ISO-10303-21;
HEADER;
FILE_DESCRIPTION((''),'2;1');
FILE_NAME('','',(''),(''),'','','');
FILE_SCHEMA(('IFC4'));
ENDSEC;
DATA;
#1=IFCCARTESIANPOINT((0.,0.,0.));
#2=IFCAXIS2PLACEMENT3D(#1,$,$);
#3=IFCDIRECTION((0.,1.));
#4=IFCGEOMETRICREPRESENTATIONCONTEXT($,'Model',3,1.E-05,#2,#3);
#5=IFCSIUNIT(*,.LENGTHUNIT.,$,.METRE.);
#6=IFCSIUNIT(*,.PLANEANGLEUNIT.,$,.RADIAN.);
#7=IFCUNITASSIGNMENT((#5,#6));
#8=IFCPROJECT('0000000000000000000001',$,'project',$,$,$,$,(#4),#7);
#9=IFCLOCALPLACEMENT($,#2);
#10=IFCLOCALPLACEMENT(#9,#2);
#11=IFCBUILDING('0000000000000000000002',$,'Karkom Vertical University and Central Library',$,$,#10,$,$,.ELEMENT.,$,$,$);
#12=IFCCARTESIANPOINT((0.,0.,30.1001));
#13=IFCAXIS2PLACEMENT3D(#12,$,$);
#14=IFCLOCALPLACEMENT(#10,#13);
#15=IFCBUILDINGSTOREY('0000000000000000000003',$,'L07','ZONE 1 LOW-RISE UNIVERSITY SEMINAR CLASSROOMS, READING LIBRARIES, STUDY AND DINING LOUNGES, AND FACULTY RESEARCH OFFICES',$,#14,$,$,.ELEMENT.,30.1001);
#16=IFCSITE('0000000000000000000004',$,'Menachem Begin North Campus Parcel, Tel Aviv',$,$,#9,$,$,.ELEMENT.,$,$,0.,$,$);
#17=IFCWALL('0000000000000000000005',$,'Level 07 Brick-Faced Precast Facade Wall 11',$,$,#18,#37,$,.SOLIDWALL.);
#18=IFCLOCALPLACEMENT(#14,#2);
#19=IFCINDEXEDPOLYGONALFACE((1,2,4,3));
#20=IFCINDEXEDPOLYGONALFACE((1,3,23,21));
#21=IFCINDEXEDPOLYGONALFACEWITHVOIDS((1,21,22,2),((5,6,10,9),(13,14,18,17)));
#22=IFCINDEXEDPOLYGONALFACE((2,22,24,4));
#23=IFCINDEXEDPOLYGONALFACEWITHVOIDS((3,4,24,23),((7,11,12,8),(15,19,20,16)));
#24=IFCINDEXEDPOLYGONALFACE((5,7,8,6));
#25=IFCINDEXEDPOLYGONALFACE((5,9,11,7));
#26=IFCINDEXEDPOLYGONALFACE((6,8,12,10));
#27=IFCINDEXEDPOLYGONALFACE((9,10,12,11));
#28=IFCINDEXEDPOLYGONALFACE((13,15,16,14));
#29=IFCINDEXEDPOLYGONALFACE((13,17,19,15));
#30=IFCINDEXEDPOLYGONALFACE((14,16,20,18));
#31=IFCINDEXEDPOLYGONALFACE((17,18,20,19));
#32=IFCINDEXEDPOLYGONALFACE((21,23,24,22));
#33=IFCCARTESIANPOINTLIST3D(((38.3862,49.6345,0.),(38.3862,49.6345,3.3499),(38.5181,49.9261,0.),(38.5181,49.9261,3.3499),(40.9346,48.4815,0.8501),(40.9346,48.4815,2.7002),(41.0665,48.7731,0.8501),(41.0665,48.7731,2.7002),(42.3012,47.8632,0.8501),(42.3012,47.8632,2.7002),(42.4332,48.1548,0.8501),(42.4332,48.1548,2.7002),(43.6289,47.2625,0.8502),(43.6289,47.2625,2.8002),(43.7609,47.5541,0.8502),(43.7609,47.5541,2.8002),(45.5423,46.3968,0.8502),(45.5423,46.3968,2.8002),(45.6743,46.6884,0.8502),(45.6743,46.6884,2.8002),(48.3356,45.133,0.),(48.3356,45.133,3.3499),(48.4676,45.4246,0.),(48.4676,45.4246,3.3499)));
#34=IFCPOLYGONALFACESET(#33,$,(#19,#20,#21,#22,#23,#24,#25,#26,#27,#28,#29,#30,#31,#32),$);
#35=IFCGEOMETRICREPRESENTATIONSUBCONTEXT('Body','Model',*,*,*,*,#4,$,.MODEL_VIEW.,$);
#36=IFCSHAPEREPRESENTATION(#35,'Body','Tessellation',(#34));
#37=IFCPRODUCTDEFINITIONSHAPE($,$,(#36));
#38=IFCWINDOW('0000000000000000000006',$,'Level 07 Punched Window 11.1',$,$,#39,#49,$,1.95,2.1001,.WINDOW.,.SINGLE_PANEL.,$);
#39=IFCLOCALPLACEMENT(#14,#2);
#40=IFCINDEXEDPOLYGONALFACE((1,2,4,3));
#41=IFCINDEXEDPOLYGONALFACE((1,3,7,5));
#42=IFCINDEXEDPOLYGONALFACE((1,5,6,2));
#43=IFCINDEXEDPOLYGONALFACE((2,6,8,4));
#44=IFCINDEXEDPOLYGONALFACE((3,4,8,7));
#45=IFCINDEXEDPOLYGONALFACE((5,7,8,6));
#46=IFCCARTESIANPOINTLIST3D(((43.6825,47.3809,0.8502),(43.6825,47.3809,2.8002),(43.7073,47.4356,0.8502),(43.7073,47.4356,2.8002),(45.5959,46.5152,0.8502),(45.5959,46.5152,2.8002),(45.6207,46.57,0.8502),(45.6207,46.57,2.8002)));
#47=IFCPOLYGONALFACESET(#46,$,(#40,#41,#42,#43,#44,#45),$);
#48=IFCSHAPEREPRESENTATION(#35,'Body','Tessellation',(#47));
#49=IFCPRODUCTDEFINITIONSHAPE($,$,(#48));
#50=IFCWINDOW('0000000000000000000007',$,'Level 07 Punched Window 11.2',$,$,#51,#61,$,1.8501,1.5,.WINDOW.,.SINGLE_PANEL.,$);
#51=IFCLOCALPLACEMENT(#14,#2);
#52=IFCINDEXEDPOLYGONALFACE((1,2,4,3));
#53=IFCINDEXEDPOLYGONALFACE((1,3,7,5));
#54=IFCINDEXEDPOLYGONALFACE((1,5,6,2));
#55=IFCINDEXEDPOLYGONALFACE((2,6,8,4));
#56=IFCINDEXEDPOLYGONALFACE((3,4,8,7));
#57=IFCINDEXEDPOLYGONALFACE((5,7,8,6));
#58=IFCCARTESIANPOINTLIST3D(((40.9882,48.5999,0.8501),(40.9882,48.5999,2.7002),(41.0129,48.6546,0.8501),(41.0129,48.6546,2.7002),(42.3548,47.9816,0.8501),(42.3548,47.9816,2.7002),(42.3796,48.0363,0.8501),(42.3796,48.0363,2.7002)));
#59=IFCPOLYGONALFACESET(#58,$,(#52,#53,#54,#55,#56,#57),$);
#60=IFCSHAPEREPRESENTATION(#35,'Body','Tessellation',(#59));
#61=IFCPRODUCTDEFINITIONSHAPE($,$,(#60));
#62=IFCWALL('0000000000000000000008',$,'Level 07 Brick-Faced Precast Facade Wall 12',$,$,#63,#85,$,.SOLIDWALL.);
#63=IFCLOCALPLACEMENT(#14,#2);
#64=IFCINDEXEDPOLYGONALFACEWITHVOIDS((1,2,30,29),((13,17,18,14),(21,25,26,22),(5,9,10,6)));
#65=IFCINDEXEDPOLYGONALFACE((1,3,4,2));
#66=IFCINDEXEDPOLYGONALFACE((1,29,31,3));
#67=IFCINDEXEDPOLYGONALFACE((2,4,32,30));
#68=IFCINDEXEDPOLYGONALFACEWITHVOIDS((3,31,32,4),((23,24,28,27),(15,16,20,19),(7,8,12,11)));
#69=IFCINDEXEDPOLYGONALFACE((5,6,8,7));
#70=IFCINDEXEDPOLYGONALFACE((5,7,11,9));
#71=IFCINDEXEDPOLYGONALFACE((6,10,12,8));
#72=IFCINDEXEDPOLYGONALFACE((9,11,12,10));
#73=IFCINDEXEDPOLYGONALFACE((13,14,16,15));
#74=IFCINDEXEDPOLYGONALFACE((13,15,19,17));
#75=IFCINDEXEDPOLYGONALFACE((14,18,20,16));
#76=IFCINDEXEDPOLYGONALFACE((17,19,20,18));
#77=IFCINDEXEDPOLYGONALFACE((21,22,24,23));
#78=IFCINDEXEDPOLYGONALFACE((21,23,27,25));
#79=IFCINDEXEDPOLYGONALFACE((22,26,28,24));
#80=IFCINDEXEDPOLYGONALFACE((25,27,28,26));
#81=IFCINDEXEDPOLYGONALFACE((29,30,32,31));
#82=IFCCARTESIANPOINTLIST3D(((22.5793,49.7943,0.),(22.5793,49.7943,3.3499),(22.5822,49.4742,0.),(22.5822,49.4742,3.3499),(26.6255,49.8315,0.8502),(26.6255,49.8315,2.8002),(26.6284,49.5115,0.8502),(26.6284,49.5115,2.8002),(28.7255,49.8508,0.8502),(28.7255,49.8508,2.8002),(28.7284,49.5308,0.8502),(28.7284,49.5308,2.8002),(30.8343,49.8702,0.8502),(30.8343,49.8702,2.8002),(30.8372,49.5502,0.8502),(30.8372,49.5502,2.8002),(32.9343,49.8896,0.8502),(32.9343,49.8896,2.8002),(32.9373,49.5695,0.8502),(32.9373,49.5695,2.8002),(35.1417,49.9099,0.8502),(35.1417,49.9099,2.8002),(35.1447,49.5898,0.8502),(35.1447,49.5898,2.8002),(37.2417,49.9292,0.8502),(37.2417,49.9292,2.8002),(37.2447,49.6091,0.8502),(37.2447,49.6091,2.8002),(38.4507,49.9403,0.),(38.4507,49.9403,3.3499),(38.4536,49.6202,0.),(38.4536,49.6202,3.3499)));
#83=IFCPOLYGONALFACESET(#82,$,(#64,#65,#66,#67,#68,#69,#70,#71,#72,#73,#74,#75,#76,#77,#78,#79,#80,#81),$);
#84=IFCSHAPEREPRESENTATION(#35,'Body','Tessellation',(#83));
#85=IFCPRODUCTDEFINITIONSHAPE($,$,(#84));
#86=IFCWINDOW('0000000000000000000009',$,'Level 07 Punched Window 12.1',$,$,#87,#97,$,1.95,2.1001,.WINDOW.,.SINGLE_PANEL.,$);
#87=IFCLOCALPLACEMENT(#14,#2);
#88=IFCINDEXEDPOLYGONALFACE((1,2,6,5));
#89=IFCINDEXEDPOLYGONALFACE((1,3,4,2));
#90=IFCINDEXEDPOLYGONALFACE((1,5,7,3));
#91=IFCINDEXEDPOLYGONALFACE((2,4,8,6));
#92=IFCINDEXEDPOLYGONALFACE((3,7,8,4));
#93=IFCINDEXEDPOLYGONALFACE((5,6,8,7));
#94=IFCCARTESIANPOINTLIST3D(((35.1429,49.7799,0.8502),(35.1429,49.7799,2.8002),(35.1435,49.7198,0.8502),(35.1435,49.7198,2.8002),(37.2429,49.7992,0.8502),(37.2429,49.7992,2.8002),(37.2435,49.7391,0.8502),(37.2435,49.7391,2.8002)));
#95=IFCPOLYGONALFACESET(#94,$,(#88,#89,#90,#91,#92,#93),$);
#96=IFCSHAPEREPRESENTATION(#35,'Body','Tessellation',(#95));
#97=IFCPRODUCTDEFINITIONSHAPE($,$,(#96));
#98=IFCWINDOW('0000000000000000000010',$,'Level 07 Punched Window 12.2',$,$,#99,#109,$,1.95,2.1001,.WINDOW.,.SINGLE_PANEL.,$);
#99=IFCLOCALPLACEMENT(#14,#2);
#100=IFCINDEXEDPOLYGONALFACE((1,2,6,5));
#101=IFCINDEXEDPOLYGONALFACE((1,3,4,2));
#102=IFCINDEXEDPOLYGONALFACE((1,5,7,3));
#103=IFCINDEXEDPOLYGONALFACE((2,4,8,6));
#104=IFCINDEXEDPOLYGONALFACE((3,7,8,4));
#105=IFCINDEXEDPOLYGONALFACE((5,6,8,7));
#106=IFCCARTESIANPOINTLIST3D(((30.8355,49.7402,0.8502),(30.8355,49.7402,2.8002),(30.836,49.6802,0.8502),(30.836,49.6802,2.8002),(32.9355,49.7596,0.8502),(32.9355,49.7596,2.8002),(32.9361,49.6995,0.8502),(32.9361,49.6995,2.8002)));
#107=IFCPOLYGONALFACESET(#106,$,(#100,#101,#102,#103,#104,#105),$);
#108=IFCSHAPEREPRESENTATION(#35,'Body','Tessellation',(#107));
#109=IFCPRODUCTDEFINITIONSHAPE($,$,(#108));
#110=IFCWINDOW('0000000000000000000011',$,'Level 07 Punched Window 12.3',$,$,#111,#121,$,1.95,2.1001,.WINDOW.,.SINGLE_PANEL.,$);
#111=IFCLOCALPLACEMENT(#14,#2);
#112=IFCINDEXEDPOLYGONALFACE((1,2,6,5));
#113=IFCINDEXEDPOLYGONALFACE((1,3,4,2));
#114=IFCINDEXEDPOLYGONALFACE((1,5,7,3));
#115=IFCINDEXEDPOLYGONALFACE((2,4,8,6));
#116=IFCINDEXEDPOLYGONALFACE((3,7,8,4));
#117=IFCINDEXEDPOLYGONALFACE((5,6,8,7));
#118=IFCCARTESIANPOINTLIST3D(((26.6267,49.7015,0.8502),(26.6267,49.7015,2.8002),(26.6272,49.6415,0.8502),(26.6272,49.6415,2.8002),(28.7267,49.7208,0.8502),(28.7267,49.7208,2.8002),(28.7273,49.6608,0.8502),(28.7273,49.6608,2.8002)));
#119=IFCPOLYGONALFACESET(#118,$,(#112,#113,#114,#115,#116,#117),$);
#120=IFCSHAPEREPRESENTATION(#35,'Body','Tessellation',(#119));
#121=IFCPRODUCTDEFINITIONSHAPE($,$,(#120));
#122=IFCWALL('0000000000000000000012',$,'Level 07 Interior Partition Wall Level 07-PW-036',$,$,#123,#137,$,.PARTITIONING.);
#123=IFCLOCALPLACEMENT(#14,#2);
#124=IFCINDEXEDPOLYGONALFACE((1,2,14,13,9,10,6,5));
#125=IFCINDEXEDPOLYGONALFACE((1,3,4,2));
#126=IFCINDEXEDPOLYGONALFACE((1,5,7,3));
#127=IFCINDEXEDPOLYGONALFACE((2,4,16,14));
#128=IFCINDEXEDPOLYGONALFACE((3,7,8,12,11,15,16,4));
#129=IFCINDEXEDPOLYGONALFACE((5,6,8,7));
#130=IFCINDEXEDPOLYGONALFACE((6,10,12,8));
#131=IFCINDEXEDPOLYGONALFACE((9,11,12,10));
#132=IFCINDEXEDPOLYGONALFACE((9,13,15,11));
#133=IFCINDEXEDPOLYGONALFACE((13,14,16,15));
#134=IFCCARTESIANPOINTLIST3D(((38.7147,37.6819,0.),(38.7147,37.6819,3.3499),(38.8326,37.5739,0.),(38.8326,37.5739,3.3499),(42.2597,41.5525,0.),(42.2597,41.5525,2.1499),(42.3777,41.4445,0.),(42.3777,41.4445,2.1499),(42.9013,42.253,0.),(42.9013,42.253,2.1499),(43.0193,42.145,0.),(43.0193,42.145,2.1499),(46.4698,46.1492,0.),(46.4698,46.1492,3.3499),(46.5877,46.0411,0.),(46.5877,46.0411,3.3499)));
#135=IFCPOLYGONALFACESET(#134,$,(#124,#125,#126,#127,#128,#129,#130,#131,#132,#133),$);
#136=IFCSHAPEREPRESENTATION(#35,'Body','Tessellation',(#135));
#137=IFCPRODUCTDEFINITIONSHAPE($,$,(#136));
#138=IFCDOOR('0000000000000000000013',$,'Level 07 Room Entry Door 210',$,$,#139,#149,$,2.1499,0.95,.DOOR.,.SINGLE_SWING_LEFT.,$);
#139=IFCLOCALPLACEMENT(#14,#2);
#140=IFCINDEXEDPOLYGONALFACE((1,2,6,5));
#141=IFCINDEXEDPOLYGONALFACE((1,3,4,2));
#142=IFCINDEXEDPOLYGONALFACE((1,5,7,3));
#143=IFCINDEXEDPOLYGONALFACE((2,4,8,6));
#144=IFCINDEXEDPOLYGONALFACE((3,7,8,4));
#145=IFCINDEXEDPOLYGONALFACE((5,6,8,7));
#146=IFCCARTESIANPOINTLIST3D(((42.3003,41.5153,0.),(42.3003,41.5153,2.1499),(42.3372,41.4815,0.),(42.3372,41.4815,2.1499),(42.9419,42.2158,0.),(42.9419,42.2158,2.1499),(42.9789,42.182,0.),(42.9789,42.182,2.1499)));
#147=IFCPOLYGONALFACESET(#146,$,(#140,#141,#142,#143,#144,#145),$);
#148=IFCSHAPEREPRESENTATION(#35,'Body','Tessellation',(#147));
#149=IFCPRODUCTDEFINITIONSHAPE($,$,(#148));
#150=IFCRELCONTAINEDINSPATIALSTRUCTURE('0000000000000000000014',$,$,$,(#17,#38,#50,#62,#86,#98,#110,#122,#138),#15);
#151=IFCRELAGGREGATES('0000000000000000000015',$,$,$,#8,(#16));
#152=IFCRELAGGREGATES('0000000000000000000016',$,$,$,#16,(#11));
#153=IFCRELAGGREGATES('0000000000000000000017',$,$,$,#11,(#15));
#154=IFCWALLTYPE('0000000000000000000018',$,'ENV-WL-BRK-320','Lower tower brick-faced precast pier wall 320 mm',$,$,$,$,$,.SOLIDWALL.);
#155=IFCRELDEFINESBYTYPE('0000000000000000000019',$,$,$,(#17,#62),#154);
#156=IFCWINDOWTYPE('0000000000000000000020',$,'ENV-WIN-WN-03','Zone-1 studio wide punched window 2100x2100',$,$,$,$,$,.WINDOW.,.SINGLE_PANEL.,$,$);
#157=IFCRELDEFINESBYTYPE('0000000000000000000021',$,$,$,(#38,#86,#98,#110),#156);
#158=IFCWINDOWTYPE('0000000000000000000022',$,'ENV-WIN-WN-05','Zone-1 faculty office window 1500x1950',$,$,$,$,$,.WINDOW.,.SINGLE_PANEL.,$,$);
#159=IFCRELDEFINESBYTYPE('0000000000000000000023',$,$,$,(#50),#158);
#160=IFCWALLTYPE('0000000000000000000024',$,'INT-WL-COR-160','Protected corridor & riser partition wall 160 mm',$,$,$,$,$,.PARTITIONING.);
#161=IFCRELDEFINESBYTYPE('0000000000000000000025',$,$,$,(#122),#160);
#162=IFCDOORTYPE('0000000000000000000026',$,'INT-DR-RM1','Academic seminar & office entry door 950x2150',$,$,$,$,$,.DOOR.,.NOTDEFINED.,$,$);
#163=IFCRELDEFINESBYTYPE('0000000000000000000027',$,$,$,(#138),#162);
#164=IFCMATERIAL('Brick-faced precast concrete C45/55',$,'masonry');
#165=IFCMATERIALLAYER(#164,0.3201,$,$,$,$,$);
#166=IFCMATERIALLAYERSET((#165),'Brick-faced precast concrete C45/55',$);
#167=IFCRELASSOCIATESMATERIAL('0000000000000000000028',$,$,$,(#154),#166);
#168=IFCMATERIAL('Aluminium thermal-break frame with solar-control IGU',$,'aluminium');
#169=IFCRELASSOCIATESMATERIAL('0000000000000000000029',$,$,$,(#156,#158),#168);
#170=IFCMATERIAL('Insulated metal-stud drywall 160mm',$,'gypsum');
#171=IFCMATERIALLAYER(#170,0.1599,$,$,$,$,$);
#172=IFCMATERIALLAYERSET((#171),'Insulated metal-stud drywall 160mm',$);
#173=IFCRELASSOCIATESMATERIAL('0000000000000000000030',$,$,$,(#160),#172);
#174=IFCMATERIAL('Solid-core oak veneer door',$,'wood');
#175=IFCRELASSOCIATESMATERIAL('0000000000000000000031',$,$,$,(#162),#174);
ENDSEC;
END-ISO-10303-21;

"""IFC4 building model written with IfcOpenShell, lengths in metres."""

from ifc_helpers import new_model, si_unit, direction, frame, frame_2d, origin, origin_with_axes, place, context, subcontext, project, spatial, rectangle, extrude, source, transform, mapped, material, layer, layer_set, type_object, element, fill, save


model = new_model("IFC4")

# Units and contexts
model_context = context("Model", 3, precision=1e-05, world=origin(), true_north=direction((0.0, 1.0)))
body_context = subcontext(model_context, "Body", "Model", "MODEL_VIEW")
ifc_project = project(units=[si_unit("LENGTHUNIT", "METRE"), si_unit("PLANEANGLEUNIT", "RADIAN")], contexts=[model_context])

# Site, building, storey
site_placement = place(None, origin())
site = spatial("IfcSite", under=ifc_project, at=site_placement, Name="Menachem Begin North Campus Parcel, Tel Aviv", CompositionType="ELEMENT", RefElevation=0.0)
building_placement = place(site_placement, origin())
building = spatial("IfcBuilding", under=site, at=building_placement, Name="Karkom Vertical University and Central Library", CompositionType="ELEMENT")
storey_placement = place(building_placement, frame((0.0, 0.0, 30.1001)))
storey = spatial("IfcBuildingStorey", under=building, at=storey_placement, Name="L07", Description="ZONE 1 LOW-RISE UNIVERSITY SEMINAR CLASSROOMS, READING LIBRARIES, STUDY AND DINING LOUNGES, AND FACULTY RESEARCH OFFICES", CompositionType="ELEMENT", Elevation=30.1001)

# Walls, openings, windows
ifc_material_1 = material(Name="Brick-faced precast concrete C45/55", Category="masonry")
ifc_layer_1 = layer(ifc_material_1, 0.3201)
ifc_layer_set_1 = layer_set([ifc_layer_1], Name="Brick-faced precast concrete C45/55")
wall_type_1 = type_object("IfcWallType", Name="ENV-WL-BRK-320", Description="Lower tower brick-faced precast pier wall 320 mm", PredefinedType="SOLIDWALL", material=ifc_layer_set_1)
wall_1_placement = place(storey_placement, frame((48.4016, 45.2788, 0.0), z_axis=(0.0, 0.0, 1.0), x_axis=(-0.91109, 0.412207, 0.0)))
wall_1 = element("IfcWall", 1, at=wall_1_placement, inside=storey, type_object=wall_type_1, Name="Level 07 Brick-Faced Precast Facade Wall 11", PredefinedType="SOLIDWALL", context=body_context, shape_type="SweptSolid", body=[
    extrude(rectangle(XDim=10.9204, YDim=0.3201, at=frame_2d((5.4602, 0.0))), origin(), (0.0, 0.0, 1.0), 3.3499),
])
opening_1_placement = place(wall_1_placement, frame((3.0659, 0.0, 0.8501)))
opening_1 = element("IfcOpeningElement", 2, at=opening_1_placement, cuts=wall_1, PredefinedType="OPENING", context=body_context, shape_type="SweptSolid", body=[
    extrude(rectangle(XDim=2.1001, YDim=1.95, at=frame_2d((1.05, 0.9751))), frame((0.0, 0.1699, 0.0), z_axis=(0.0, -1.0, 0.0), x_axis=(1.0, 0.0, 0.0)), (0.0, 0.0, 1.0), 0.3401),
])
opening_2_placement = place(wall_1_placement, frame((6.6233, 0.0, 0.8501)))
opening_2 = element("IfcOpeningElement", 3, at=opening_2_placement, cuts=wall_1, PredefinedType="OPENING", context=body_context, shape_type="SweptSolid", body=[
    extrude(rectangle(XDim=1.5, YDim=1.8501, at=frame_2d((0.75, 0.925))), frame((0.0, 0.1699, 0.0), z_axis=(0.0, -1.0, 0.0), x_axis=(1.0, 0.0, 0.0)), (0.0, 0.0, 1.0), 0.3401),
])
ifc_material_2 = material(Name="Aluminium thermal-break frame with solar-control IGU", Category="aluminium")
window_type_1 = type_object("IfcWindowType", Name="ENV-WIN-WN-03", Description="Zone-1 studio wide punched window 2100x2100", PartitioningType="SINGLE_PANEL", PredefinedType="WINDOW", material=ifc_material_2)
shared_shape_1 = source(origin_with_axes(), body_context, "Body", "SweptSolid", [
    extrude(rectangle(XDim=2.1001, YDim=1.95, at=frame_2d((1.05, 0.9751))), frame((0.0, 0.03, 0.0), z_axis=(0.0, -1.0, 0.0), x_axis=(1.0, 0.0, 0.0)), (0.0, 0.0, 1.0), 0.0601),
])
window_1_placement = place(opening_1_placement, origin())
window_1 = element("IfcWindow", 4, at=window_1_placement, inside=storey, type_object=window_type_1, Name="Level 07 Punched Window 11.1", OverallHeight=1.95, OverallWidth=2.1001, PartitioningType="SINGLE_PANEL", PredefinedType="WINDOW", context=body_context, shape_type="MappedRepresentation", body=[
    mapped(shared_shape_1, transform((0.0, 0.0, 0.0), scale=1.0)),
])
fill(opening_1, window_1)
window_type_2 = type_object("IfcWindowType", Name="ENV-WIN-WN-05", Description="Zone-1 faculty office window 1500x1950", PartitioningType="SINGLE_PANEL", PredefinedType="WINDOW", material=ifc_material_2)
shared_shape_2 = source(origin_with_axes(), body_context, "Body", "SweptSolid", [
    extrude(rectangle(XDim=1.5, YDim=1.8501, at=frame_2d((0.75, 0.925))), frame((0.0, 0.03, 0.0), z_axis=(0.0, -1.0, 0.0), x_axis=(1.0, 0.0, 0.0)), (0.0, 0.0, 1.0), 0.0601),
])
window_2_placement = place(opening_2_placement, origin())
window_2 = element("IfcWindow", 5, at=window_2_placement, inside=storey, type_object=window_type_2, Name="Level 07 Punched Window 11.2", OverallHeight=1.8501, OverallWidth=1.5, PartitioningType="SINGLE_PANEL", PredefinedType="WINDOW", context=body_context, shape_type="MappedRepresentation", body=[
    mapped(shared_shape_2, transform((0.0, 0.0, 0.0), scale=1.0)),
])
fill(opening_2, window_2)
wall_2_placement = place(storey_placement, frame((38.4521, 49.7803, 0.0), z_axis=(0.0, 0.0, 1.0), x_axis=(-0.999958, -0.009198, 0.0)))
wall_2 = element("IfcWall", 6, at=wall_2_placement, inside=storey, type_object=wall_type_1, Name="Level 07 Brick-Faced Precast Facade Wall 12", PredefinedType="SOLIDWALL", context=body_context, shape_type="SweptSolid", body=[
    extrude(rectangle(XDim=15.8721, YDim=0.3201, at=frame_2d((7.936, 0.0))), origin(), (0.0, 0.0, 1.0), 3.3499),
])
opening_3_placement = place(wall_2_placement, frame((1.209, 0.0, 0.8501)))
opening_3 = element("IfcOpeningElement", 7, at=opening_3_placement, cuts=wall_2, PredefinedType="OPENING", context=body_context, shape_type="SweptSolid", body=[
    extrude(rectangle(XDim=2.1001, YDim=1.95, at=frame_2d((1.05, 0.9751))), frame((0.0, 0.1699, 0.0), z_axis=(0.0, -1.0, 0.0), x_axis=(1.0, 0.0, 0.0)), (0.0, 0.0, 1.0), 0.3401),
])
opening_4_placement = place(wall_2_placement, frame((5.5166, 0.0, 0.8501)))
opening_4 = element("IfcOpeningElement", 8, at=opening_4_placement, cuts=wall_2, PredefinedType="OPENING", context=body_context, shape_type="SweptSolid", body=[
    extrude(rectangle(XDim=2.1001, YDim=1.95, at=frame_2d((1.05, 0.9751))), frame((0.0, 0.1699, 0.0), z_axis=(0.0, -1.0, 0.0), x_axis=(1.0, 0.0, 0.0)), (0.0, 0.0, 1.0), 0.3401),
])
opening_5_placement = place(wall_2_placement, frame((9.7256, 0.0, 0.8501)))
opening_5 = element("IfcOpeningElement", 9, at=opening_5_placement, cuts=wall_2, PredefinedType="OPENING", context=body_context, shape_type="SweptSolid", body=[
    extrude(rectangle(XDim=2.1001, YDim=1.95, at=frame_2d((1.05, 0.9751))), frame((0.0, 0.1699, 0.0), z_axis=(0.0, -1.0, 0.0), x_axis=(1.0, 0.0, 0.0)), (0.0, 0.0, 1.0), 0.3401),
])
window_3_placement = place(opening_3_placement, origin())
window_3 = element("IfcWindow", 10, at=window_3_placement, inside=storey, type_object=window_type_1, Name="Level 07 Punched Window 12.1", OverallHeight=1.95, OverallWidth=2.1001, PartitioningType="SINGLE_PANEL", PredefinedType="WINDOW", context=body_context, shape_type="MappedRepresentation", body=[
    mapped(shared_shape_1, transform((0.0, 0.0, 0.0), scale=1.0)),
])
fill(opening_3, window_3)
window_4_placement = place(opening_4_placement, origin())
window_4 = element("IfcWindow", 11, at=window_4_placement, inside=storey, type_object=window_type_1, Name="Level 07 Punched Window 12.2", OverallHeight=1.95, OverallWidth=2.1001, PartitioningType="SINGLE_PANEL", PredefinedType="WINDOW", context=body_context, shape_type="MappedRepresentation", body=[
    mapped(shared_shape_1, transform((0.0, 0.0, 0.0), scale=1.0)),
])
fill(opening_4, window_4)
window_5_placement = place(opening_5_placement, origin())
window_5 = element("IfcWindow", 12, at=window_5_placement, inside=storey, type_object=window_type_1, Name="Level 07 Punched Window 12.3", OverallHeight=1.95, OverallWidth=2.1001, PartitioningType="SINGLE_PANEL", PredefinedType="WINDOW", context=body_context, shape_type="MappedRepresentation", body=[
    mapped(shared_shape_1, transform((0.0, 0.0, 0.0), scale=1.0)),
])
fill(opening_5, window_5)

# Shared definitions
ifc_material_3 = material(Name="Insulated metal-stud drywall 160mm", Category="gypsum")
ifc_layer_2 = layer(ifc_material_3, 0.1599)
ifc_layer_set_2 = layer_set([ifc_layer_2], Name="Insulated metal-stud drywall 160mm")
wall_type_2 = type_object("IfcWallType", Name="INT-WL-COR-160", Description="Protected corridor & riser partition wall 160 mm", PredefinedType="PARTITIONING", material=ifc_layer_set_2)
ifc_material_4 = material(Name="Solid-core oak veneer door", Category="wood")
door_type_1 = type_object("IfcDoorType", Name="INT-DR-RM1", Description="Academic seminar & office entry door 950x2150", OperationType="NOTDEFINED", PredefinedType="DOOR", material=ifc_material_4)
shared_shape_3 = source(origin_with_axes(), body_context, "Body", "SweptSolid", [
    extrude(rectangle(XDim=0.95, YDim=2.1499, at=frame_2d((0.4751, 1.075))), frame((0.0, 0.0249, 0.0), z_axis=(0.0, -1.0, 0.0), x_axis=(1.0, 0.0, 0.0)), (0.0, 0.0, 1.0), 0.05),
])

# Wall, opening, door
wall_3_placement = place(storey_placement, frame((38.7737, 37.6279, 0.0), z_axis=(0.0, 0.0, 1.0), x_axis=(0.675415, 0.737438, 0.0)))
wall_3 = element("IfcWall", 13, at=wall_3_placement, inside=storey, type_object=wall_type_2, Name="Level 07 Interior Partition Wall Level 07-PW-036", PredefinedType="PARTITIONING", context=body_context, shape_type="SweptSolid", body=[
    extrude(rectangle(XDim=11.4819, YDim=0.1599, at=frame_2d((5.741, 0.0))), origin(), (0.0, 0.0, 1.0), 3.3499),
])
opening_6_placement = place(wall_3_placement, frame((5.2485, 0.0, 0.0)))
opening_6 = element("IfcOpeningElement", 14, at=opening_6_placement, cuts=wall_3, PredefinedType="OPENING", context=body_context, shape_type="SweptSolid", body=[
    extrude(rectangle(XDim=0.95, YDim=2.1499, at=frame_2d((0.4751, 1.075))), frame((0.0, 0.0898, 0.0), z_axis=(0.0, -1.0, 0.0), x_axis=(1.0, 0.0, 0.0)), (0.0, 0.0, 1.0), 0.1799),
])
door_1_placement = place(opening_6_placement, origin())
door_1 = element("IfcDoor", 15, at=door_1_placement, inside=storey, type_object=door_type_1, Name="Level 07 Room Entry Door 210", OperationType="SINGLE_SWING_LEFT", OverallHeight=2.1499, OverallWidth=0.95, PredefinedType="DOOR", context=body_context, shape_type="MappedRepresentation", body=[
    mapped(shared_shape_3, transform((0.0, 0.0, 0.0), scale=1.0)),
])
fill(opening_6, door_1)

save(model, "model.ifc")
